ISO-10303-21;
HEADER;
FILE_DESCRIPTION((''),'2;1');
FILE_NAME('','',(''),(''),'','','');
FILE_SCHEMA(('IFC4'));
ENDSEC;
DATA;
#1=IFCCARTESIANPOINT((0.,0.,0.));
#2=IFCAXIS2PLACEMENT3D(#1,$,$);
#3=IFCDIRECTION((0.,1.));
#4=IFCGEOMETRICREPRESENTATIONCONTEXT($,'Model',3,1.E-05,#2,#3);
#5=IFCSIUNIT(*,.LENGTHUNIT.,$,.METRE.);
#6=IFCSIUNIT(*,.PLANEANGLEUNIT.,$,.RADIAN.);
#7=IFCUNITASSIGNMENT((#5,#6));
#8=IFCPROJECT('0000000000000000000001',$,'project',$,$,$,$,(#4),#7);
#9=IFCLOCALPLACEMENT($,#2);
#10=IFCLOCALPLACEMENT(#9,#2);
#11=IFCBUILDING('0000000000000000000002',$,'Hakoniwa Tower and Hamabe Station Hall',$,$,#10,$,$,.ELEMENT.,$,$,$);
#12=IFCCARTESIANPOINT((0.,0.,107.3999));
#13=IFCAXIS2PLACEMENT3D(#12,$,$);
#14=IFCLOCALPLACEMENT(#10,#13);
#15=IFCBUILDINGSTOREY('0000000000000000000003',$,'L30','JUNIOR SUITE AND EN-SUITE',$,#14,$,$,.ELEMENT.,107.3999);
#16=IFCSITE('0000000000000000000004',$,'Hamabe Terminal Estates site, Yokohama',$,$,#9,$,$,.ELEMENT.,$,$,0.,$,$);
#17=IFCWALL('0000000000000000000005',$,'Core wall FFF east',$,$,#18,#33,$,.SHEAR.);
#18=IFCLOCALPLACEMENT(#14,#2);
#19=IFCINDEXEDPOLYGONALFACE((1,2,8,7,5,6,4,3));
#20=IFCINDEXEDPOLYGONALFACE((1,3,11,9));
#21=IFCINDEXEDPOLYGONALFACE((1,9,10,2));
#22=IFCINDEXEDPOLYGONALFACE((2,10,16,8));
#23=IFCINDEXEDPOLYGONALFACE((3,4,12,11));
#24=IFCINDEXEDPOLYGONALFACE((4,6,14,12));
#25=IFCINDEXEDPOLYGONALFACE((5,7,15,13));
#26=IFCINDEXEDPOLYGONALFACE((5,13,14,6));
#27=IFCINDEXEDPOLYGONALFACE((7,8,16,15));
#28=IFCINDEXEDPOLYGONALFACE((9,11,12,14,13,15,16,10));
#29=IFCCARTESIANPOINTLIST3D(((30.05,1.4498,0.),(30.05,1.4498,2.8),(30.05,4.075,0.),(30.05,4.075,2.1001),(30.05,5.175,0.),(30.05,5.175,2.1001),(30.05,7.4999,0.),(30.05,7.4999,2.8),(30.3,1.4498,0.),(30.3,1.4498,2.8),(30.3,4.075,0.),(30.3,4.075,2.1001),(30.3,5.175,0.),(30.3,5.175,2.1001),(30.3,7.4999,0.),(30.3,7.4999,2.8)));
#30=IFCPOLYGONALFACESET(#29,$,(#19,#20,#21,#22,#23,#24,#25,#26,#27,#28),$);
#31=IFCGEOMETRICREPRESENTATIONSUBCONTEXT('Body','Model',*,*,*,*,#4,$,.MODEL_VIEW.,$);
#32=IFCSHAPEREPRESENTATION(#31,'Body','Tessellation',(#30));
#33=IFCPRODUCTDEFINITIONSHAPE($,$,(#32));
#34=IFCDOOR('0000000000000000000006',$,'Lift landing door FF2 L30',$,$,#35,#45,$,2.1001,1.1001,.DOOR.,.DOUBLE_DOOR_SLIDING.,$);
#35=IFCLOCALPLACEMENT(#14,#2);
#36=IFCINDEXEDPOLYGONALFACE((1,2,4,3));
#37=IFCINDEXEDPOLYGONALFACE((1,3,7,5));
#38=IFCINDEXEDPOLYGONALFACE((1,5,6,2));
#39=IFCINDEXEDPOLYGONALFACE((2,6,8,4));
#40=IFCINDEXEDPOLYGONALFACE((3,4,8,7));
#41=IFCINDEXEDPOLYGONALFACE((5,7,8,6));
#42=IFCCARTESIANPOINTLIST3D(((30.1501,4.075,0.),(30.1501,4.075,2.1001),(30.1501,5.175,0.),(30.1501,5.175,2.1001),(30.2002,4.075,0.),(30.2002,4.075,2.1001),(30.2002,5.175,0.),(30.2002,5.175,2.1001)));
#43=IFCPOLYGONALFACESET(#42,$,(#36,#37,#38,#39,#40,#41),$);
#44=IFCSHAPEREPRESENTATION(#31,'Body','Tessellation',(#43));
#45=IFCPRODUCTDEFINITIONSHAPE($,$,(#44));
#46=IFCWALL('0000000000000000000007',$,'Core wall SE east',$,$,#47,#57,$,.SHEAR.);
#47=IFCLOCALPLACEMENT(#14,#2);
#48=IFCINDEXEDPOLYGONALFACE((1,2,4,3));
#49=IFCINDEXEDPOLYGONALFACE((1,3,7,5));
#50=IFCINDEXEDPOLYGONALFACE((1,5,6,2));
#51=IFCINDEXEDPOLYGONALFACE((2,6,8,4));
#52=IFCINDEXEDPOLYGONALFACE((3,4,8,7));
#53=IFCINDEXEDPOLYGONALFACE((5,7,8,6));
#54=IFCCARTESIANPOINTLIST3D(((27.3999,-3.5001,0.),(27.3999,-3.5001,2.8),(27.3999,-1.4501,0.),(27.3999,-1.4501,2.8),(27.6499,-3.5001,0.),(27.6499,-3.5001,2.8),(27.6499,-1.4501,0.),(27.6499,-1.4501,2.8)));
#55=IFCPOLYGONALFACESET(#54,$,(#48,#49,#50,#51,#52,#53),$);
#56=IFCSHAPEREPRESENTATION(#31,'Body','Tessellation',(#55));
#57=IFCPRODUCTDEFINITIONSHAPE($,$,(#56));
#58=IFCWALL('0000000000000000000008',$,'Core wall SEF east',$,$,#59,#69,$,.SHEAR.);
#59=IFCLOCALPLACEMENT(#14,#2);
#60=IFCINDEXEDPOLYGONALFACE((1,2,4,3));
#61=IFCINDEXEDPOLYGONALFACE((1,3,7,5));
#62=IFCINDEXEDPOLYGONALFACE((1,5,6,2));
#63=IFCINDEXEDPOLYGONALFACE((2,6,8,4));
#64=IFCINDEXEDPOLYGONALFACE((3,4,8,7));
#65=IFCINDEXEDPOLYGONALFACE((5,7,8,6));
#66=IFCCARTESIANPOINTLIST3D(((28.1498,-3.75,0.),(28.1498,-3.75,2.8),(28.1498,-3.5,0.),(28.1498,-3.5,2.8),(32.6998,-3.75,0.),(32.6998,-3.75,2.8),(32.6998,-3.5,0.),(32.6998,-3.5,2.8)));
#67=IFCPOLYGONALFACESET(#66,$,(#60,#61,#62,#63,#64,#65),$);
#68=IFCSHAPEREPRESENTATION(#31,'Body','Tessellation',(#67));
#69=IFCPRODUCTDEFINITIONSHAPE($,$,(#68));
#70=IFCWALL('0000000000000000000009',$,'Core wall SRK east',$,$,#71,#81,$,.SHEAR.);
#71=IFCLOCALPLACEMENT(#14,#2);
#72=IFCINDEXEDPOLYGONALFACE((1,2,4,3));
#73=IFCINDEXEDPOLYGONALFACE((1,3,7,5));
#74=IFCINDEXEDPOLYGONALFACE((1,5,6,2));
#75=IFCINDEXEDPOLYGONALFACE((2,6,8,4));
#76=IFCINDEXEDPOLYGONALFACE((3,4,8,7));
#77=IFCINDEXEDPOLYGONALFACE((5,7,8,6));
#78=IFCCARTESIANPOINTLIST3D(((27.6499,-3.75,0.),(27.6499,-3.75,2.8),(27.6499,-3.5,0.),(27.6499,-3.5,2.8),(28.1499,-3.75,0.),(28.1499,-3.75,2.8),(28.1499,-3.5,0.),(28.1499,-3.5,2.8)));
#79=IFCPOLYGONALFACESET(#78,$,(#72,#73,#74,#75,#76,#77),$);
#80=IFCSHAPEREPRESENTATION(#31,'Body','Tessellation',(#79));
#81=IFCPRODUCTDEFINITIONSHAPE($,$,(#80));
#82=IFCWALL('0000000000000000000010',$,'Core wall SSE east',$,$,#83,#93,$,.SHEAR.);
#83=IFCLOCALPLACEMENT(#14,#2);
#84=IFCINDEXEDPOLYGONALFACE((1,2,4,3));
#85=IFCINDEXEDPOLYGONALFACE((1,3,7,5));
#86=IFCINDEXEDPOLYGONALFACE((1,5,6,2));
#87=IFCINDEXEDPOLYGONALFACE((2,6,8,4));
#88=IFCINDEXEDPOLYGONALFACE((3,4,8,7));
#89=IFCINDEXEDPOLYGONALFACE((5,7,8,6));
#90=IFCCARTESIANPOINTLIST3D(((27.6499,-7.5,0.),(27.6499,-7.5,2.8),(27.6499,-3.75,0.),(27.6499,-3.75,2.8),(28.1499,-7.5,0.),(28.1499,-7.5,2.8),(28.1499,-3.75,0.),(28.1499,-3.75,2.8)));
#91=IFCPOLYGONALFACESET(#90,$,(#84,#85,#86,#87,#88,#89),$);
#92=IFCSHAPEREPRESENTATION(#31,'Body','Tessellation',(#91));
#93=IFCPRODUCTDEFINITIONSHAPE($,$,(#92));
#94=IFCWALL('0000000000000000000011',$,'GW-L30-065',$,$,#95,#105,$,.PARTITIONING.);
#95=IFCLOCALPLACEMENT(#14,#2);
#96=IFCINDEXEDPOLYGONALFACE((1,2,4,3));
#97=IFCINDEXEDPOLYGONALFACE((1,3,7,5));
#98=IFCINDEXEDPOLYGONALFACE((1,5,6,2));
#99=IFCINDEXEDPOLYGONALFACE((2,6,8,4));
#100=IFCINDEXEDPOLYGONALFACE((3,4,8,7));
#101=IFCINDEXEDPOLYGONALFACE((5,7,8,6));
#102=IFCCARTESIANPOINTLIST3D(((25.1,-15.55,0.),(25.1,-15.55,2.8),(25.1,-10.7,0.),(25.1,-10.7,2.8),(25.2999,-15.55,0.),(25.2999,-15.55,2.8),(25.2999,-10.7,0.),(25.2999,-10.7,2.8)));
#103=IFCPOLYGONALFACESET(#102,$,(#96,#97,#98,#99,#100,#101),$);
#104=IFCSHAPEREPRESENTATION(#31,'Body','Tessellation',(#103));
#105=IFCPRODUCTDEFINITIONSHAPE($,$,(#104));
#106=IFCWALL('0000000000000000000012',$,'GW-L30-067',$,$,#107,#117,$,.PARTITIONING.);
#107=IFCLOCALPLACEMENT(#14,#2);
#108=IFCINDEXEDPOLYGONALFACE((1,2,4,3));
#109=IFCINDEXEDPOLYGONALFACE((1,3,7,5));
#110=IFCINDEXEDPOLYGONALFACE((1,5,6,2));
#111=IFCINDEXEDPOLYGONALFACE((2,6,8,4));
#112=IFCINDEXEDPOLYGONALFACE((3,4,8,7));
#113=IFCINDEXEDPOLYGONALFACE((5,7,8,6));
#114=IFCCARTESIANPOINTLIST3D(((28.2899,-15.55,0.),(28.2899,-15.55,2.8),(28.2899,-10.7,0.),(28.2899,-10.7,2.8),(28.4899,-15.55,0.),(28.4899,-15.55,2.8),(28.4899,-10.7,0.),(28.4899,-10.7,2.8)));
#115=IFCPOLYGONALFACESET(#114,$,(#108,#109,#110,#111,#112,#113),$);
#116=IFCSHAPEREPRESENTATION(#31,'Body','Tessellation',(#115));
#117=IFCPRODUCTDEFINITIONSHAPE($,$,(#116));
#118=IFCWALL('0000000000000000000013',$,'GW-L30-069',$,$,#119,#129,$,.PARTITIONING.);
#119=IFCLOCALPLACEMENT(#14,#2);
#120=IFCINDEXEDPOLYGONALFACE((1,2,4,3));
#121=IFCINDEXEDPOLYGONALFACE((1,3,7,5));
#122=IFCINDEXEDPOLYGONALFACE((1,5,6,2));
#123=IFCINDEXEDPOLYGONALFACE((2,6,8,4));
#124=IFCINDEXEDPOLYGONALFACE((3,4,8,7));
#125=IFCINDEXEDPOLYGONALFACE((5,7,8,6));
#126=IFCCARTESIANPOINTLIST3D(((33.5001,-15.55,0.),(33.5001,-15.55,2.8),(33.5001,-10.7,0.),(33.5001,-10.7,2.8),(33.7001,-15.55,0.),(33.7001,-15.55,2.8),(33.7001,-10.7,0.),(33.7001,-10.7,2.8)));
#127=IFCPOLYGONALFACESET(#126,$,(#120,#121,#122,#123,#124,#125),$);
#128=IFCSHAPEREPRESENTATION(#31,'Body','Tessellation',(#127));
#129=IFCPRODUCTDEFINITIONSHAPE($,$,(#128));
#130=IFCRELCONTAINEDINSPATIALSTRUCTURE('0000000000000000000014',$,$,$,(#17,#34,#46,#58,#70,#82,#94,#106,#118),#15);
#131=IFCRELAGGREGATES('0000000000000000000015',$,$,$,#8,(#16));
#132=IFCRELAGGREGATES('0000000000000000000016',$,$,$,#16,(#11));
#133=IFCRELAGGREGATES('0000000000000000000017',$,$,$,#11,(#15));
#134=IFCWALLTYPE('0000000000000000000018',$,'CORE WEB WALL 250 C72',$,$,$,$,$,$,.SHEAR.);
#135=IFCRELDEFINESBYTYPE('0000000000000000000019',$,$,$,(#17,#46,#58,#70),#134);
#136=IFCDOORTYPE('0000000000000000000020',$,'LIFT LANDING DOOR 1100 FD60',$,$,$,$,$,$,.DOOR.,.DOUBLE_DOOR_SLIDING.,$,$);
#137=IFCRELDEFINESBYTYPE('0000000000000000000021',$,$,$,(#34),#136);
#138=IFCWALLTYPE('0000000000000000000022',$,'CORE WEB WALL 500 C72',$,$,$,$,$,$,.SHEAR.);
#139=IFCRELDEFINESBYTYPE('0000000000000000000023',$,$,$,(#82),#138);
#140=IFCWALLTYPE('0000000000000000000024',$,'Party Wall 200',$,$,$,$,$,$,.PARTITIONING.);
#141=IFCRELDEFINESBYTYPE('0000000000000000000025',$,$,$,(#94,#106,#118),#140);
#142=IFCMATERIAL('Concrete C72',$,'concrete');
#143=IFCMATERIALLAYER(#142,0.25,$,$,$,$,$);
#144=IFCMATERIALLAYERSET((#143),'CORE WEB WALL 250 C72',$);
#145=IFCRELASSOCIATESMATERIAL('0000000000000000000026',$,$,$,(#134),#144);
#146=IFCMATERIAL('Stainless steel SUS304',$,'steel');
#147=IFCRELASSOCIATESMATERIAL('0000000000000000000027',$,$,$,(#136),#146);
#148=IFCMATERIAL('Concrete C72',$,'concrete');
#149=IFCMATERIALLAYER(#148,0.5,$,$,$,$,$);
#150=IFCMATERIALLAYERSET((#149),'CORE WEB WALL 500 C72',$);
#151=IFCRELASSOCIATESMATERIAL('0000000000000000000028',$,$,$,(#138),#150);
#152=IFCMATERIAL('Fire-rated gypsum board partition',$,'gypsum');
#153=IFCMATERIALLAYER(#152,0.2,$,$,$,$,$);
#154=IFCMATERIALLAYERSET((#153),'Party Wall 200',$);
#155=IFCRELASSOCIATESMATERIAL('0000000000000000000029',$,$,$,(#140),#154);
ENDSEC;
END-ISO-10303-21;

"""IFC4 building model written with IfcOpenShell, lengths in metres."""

from ifc_helpers import new_model, si_unit, direction, frame, frame_2d, origin, place, context, subcontext, project, spatial, rectangle, extrude, material, layer, layer_set, type_object, element, fill, save


model = new_model("IFC4")

# Units and contexts
model_context = context("Model", 3, precision=1e-05, world=origin(), true_north=direction((0.0, 1.0)))
body_context = subcontext(model_context, "Body", "Model", "MODEL_VIEW")
ifc_project = project(units=[si_unit("LENGTHUNIT", "METRE"), si_unit("PLANEANGLEUNIT", "RADIAN")], contexts=[model_context])

# Site, building, storey
site_placement = place(None, origin())
site = spatial("IfcSite", under=ifc_project, at=site_placement, Name="Hamabe Terminal Estates site, Yokohama", CompositionType="ELEMENT", RefElevation=0.0)
building_placement = place(site_placement, origin())
building = spatial("IfcBuilding", under=site, at=building_placement, Name="Hakoniwa Tower and Hamabe Station Hall", CompositionType="ELEMENT")
storey_placement = place(building_placement, frame((0.0, 0.0, 107.3999)))
storey = spatial("IfcBuildingStorey", under=building, at=storey_placement, Name="L30", Description="JUNIOR SUITE AND EN-SUITE", CompositionType="ELEMENT", Elevation=107.3999)

# Shared definitions
ifc_material_1 = material(Name="Concrete C72", Category="concrete")
ifc_layer_1 = layer(ifc_material_1, 0.25)
ifc_layer_set_1 = layer_set([ifc_layer_1], Name="CORE WEB WALL 250 C72")
wall_type_1 = type_object("IfcWallType", Name="CORE WEB WALL 250 C72", PredefinedType="SHEAR", material=ifc_layer_set_1)

# Wall, opening, door
wall_1_placement = place(storey_placement, frame((30.175, 1.45, 0.0), z_axis=(0.0, 0.0, 1.0), x_axis=(0.0, 1.0, 0.0)))
wall_1 = element("IfcWall", 1, at=wall_1_placement, inside=storey, type_object=wall_type_1, Name="Core wall FFF east", PredefinedType="SHEAR", context=body_context, shape_type="SweptSolid", body=[
    extrude(rectangle(XDim=6.05, YDim=0.25, at=frame_2d((3.0249, 0.0))), origin(), (0.0, 0.0, 1.0), 2.8),
])
opening_1_placement = place(wall_1_placement, frame((2.625, 0.0, 0.0)))
opening_1 = element("IfcOpeningElement", 2, at=opening_1_placement, cuts=wall_1, PredefinedType="OPENING", context=body_context, shape_type="SweptSolid", body=[
    extrude(rectangle(XDim=1.1001, YDim=2.1001, at=frame_2d((0.55, 1.05))), frame((0.0, 0.135, 0.0), z_axis=(0.0, -1.0, 0.0), x_axis=(1.0, 0.0, 0.0)), (0.0, 0.0, 1.0), 0.27),
])
ifc_material_2 = material(Name="Stainless steel SUS304", Category="steel")
door_type_1 = type_object("IfcDoorType", Name="LIFT LANDING DOOR 1100 FD60", OperationType="DOUBLE_DOOR_SLIDING", PredefinedType="DOOR", material=ifc_material_2)
door_1_placement = place(opening_1_placement, origin())
door_1 = element("IfcDoor", 3, at=door_1_placement, inside=storey, type_object=door_type_1, Name="Lift landing door FF2 L30", OperationType="DOUBLE_DOOR_SLIDING", OverallHeight=2.1001, OverallWidth=1.1001, PredefinedType="DOOR", context=body_context, shape_type="SweptSolid", body=[
    extrude(rectangle(XDim=1.1001, YDim=2.1001, at=frame_2d((0.55, 1.05))), frame((0.0, 0.0249, 0.0), z_axis=(0.0, -1.0, 0.0), x_axis=(1.0, 0.0, 0.0)), (0.0, 0.0, 1.0), 0.05),
])
fill(opening_1, door_1)

# Walls
wall_2_placement = place(storey_placement, frame((27.5249, -3.5, 0.0), z_axis=(0.0, 0.0, 1.0), x_axis=(0.0, 1.0, 0.0)))
element("IfcWall", 4, at=wall_2_placement, inside=storey, type_object=wall_type_1, Name="Core wall SE east", PredefinedType="SHEAR", context=body_context, shape_type="SweptSolid", body=[
    extrude(rectangle(XDim=2.05, YDim=0.25, at=frame_2d((1.0249, 0.0))), origin(), (0.0, 0.0, 1.0), 2.8),
])
wall_3_placement = place(storey_placement, frame((28.1499, -3.625, 0.0), z_axis=(0.0, 0.0, 1.0), x_axis=(1.0, 0.0, 0.0)))
element("IfcWall", 5, at=wall_3_placement, inside=storey, type_object=wall_type_1, Name="Core wall SEF east", PredefinedType="SHEAR", context=body_context, shape_type="SweptSolid", body=[
    extrude(rectangle(XDim=4.55, YDim=0.25, at=frame_2d((2.2749, 0.0))), origin(), (0.0, 0.0, 1.0), 2.8),
])
wall_4_placement = place(storey_placement, frame((27.6499, -3.625, 0.0), z_axis=(0.0, 0.0, 1.0), x_axis=(1.0, 0.0, 0.0)))
element("IfcWall", 6, at=wall_4_placement, inside=storey, type_object=wall_type_1, Name="Core wall SRK east", PredefinedType="SHEAR", context=body_context, shape_type="SweptSolid", body=[
    extrude(rectangle(XDim=0.5, YDim=0.25, at=frame_2d((0.25, 0.0))), origin(), (0.0, 0.0, 1.0), 2.8),
])
ifc_material_3 = material(Name="Concrete C72", Category="concrete")
ifc_layer_2 = layer(ifc_material_3, 0.5)
ifc_layer_set_2 = layer_set([ifc_layer_2], Name="CORE WEB WALL 500 C72")
wall_type_2 = type_object("IfcWallType", Name="CORE WEB WALL 500 C72", PredefinedType="SHEAR", material=ifc_layer_set_2)
wall_5_placement = place(storey_placement, frame((27.8999, -7.5, 0.0), z_axis=(0.0, 0.0, 1.0), x_axis=(0.0, 1.0, 0.0)))
element("IfcWall", 7, at=wall_5_placement, inside=storey, type_object=wall_type_2, Name="Core wall SSE east", PredefinedType="SHEAR", context=body_context, shape_type="SweptSolid", body=[
    extrude(rectangle(XDim=3.75, YDim=0.5, at=frame_2d((1.875, 0.0))), origin(), (0.0, 0.0, 1.0), 2.8),
])
ifc_material_4 = material(Name="Fire-rated gypsum board partition", Category="gypsum")
ifc_layer_3 = layer(ifc_material_4, 0.2)
ifc_layer_set_3 = layer_set([ifc_layer_3], Name="Party Wall 200")
wall_type_3 = type_object("IfcWallType", Name="Party Wall 200", PredefinedType="PARTITIONING", material=ifc_layer_set_3)
for number, where, z_axis, x_axis, name in (
    (8, (25.2, -15.55, 0.0), (0.0, 0.0, 1.0), (0.0, 1.0, 0.0), "GW-L30-065"),
    (9, (28.3899, -15.55, 0.0), (0.0, 0.0, 1.0), (0.0, 1.0, 0.0), "GW-L30-067"),
    (10, (33.6001, -15.55, 0.0), (0.0, 0.0, 1.0), (0.0, 1.0, 0.0), "GW-L30-069"),
):
    element("IfcWall", number, at=place(storey_placement, frame(where, z_axis=z_axis, x_axis=x_axis)), inside=storey, type_object=wall_type_3, Name=name, PredefinedType="PARTITIONING", context=body_context, shape_type="SweptSolid", body=[
        extrude(rectangle(XDim=4.8501, YDim=0.2, at=frame_2d((2.425, 0.0))), origin(), (0.0, 0.0, 1.0), 2.8),
    ])

save(model, "model.ifc")
